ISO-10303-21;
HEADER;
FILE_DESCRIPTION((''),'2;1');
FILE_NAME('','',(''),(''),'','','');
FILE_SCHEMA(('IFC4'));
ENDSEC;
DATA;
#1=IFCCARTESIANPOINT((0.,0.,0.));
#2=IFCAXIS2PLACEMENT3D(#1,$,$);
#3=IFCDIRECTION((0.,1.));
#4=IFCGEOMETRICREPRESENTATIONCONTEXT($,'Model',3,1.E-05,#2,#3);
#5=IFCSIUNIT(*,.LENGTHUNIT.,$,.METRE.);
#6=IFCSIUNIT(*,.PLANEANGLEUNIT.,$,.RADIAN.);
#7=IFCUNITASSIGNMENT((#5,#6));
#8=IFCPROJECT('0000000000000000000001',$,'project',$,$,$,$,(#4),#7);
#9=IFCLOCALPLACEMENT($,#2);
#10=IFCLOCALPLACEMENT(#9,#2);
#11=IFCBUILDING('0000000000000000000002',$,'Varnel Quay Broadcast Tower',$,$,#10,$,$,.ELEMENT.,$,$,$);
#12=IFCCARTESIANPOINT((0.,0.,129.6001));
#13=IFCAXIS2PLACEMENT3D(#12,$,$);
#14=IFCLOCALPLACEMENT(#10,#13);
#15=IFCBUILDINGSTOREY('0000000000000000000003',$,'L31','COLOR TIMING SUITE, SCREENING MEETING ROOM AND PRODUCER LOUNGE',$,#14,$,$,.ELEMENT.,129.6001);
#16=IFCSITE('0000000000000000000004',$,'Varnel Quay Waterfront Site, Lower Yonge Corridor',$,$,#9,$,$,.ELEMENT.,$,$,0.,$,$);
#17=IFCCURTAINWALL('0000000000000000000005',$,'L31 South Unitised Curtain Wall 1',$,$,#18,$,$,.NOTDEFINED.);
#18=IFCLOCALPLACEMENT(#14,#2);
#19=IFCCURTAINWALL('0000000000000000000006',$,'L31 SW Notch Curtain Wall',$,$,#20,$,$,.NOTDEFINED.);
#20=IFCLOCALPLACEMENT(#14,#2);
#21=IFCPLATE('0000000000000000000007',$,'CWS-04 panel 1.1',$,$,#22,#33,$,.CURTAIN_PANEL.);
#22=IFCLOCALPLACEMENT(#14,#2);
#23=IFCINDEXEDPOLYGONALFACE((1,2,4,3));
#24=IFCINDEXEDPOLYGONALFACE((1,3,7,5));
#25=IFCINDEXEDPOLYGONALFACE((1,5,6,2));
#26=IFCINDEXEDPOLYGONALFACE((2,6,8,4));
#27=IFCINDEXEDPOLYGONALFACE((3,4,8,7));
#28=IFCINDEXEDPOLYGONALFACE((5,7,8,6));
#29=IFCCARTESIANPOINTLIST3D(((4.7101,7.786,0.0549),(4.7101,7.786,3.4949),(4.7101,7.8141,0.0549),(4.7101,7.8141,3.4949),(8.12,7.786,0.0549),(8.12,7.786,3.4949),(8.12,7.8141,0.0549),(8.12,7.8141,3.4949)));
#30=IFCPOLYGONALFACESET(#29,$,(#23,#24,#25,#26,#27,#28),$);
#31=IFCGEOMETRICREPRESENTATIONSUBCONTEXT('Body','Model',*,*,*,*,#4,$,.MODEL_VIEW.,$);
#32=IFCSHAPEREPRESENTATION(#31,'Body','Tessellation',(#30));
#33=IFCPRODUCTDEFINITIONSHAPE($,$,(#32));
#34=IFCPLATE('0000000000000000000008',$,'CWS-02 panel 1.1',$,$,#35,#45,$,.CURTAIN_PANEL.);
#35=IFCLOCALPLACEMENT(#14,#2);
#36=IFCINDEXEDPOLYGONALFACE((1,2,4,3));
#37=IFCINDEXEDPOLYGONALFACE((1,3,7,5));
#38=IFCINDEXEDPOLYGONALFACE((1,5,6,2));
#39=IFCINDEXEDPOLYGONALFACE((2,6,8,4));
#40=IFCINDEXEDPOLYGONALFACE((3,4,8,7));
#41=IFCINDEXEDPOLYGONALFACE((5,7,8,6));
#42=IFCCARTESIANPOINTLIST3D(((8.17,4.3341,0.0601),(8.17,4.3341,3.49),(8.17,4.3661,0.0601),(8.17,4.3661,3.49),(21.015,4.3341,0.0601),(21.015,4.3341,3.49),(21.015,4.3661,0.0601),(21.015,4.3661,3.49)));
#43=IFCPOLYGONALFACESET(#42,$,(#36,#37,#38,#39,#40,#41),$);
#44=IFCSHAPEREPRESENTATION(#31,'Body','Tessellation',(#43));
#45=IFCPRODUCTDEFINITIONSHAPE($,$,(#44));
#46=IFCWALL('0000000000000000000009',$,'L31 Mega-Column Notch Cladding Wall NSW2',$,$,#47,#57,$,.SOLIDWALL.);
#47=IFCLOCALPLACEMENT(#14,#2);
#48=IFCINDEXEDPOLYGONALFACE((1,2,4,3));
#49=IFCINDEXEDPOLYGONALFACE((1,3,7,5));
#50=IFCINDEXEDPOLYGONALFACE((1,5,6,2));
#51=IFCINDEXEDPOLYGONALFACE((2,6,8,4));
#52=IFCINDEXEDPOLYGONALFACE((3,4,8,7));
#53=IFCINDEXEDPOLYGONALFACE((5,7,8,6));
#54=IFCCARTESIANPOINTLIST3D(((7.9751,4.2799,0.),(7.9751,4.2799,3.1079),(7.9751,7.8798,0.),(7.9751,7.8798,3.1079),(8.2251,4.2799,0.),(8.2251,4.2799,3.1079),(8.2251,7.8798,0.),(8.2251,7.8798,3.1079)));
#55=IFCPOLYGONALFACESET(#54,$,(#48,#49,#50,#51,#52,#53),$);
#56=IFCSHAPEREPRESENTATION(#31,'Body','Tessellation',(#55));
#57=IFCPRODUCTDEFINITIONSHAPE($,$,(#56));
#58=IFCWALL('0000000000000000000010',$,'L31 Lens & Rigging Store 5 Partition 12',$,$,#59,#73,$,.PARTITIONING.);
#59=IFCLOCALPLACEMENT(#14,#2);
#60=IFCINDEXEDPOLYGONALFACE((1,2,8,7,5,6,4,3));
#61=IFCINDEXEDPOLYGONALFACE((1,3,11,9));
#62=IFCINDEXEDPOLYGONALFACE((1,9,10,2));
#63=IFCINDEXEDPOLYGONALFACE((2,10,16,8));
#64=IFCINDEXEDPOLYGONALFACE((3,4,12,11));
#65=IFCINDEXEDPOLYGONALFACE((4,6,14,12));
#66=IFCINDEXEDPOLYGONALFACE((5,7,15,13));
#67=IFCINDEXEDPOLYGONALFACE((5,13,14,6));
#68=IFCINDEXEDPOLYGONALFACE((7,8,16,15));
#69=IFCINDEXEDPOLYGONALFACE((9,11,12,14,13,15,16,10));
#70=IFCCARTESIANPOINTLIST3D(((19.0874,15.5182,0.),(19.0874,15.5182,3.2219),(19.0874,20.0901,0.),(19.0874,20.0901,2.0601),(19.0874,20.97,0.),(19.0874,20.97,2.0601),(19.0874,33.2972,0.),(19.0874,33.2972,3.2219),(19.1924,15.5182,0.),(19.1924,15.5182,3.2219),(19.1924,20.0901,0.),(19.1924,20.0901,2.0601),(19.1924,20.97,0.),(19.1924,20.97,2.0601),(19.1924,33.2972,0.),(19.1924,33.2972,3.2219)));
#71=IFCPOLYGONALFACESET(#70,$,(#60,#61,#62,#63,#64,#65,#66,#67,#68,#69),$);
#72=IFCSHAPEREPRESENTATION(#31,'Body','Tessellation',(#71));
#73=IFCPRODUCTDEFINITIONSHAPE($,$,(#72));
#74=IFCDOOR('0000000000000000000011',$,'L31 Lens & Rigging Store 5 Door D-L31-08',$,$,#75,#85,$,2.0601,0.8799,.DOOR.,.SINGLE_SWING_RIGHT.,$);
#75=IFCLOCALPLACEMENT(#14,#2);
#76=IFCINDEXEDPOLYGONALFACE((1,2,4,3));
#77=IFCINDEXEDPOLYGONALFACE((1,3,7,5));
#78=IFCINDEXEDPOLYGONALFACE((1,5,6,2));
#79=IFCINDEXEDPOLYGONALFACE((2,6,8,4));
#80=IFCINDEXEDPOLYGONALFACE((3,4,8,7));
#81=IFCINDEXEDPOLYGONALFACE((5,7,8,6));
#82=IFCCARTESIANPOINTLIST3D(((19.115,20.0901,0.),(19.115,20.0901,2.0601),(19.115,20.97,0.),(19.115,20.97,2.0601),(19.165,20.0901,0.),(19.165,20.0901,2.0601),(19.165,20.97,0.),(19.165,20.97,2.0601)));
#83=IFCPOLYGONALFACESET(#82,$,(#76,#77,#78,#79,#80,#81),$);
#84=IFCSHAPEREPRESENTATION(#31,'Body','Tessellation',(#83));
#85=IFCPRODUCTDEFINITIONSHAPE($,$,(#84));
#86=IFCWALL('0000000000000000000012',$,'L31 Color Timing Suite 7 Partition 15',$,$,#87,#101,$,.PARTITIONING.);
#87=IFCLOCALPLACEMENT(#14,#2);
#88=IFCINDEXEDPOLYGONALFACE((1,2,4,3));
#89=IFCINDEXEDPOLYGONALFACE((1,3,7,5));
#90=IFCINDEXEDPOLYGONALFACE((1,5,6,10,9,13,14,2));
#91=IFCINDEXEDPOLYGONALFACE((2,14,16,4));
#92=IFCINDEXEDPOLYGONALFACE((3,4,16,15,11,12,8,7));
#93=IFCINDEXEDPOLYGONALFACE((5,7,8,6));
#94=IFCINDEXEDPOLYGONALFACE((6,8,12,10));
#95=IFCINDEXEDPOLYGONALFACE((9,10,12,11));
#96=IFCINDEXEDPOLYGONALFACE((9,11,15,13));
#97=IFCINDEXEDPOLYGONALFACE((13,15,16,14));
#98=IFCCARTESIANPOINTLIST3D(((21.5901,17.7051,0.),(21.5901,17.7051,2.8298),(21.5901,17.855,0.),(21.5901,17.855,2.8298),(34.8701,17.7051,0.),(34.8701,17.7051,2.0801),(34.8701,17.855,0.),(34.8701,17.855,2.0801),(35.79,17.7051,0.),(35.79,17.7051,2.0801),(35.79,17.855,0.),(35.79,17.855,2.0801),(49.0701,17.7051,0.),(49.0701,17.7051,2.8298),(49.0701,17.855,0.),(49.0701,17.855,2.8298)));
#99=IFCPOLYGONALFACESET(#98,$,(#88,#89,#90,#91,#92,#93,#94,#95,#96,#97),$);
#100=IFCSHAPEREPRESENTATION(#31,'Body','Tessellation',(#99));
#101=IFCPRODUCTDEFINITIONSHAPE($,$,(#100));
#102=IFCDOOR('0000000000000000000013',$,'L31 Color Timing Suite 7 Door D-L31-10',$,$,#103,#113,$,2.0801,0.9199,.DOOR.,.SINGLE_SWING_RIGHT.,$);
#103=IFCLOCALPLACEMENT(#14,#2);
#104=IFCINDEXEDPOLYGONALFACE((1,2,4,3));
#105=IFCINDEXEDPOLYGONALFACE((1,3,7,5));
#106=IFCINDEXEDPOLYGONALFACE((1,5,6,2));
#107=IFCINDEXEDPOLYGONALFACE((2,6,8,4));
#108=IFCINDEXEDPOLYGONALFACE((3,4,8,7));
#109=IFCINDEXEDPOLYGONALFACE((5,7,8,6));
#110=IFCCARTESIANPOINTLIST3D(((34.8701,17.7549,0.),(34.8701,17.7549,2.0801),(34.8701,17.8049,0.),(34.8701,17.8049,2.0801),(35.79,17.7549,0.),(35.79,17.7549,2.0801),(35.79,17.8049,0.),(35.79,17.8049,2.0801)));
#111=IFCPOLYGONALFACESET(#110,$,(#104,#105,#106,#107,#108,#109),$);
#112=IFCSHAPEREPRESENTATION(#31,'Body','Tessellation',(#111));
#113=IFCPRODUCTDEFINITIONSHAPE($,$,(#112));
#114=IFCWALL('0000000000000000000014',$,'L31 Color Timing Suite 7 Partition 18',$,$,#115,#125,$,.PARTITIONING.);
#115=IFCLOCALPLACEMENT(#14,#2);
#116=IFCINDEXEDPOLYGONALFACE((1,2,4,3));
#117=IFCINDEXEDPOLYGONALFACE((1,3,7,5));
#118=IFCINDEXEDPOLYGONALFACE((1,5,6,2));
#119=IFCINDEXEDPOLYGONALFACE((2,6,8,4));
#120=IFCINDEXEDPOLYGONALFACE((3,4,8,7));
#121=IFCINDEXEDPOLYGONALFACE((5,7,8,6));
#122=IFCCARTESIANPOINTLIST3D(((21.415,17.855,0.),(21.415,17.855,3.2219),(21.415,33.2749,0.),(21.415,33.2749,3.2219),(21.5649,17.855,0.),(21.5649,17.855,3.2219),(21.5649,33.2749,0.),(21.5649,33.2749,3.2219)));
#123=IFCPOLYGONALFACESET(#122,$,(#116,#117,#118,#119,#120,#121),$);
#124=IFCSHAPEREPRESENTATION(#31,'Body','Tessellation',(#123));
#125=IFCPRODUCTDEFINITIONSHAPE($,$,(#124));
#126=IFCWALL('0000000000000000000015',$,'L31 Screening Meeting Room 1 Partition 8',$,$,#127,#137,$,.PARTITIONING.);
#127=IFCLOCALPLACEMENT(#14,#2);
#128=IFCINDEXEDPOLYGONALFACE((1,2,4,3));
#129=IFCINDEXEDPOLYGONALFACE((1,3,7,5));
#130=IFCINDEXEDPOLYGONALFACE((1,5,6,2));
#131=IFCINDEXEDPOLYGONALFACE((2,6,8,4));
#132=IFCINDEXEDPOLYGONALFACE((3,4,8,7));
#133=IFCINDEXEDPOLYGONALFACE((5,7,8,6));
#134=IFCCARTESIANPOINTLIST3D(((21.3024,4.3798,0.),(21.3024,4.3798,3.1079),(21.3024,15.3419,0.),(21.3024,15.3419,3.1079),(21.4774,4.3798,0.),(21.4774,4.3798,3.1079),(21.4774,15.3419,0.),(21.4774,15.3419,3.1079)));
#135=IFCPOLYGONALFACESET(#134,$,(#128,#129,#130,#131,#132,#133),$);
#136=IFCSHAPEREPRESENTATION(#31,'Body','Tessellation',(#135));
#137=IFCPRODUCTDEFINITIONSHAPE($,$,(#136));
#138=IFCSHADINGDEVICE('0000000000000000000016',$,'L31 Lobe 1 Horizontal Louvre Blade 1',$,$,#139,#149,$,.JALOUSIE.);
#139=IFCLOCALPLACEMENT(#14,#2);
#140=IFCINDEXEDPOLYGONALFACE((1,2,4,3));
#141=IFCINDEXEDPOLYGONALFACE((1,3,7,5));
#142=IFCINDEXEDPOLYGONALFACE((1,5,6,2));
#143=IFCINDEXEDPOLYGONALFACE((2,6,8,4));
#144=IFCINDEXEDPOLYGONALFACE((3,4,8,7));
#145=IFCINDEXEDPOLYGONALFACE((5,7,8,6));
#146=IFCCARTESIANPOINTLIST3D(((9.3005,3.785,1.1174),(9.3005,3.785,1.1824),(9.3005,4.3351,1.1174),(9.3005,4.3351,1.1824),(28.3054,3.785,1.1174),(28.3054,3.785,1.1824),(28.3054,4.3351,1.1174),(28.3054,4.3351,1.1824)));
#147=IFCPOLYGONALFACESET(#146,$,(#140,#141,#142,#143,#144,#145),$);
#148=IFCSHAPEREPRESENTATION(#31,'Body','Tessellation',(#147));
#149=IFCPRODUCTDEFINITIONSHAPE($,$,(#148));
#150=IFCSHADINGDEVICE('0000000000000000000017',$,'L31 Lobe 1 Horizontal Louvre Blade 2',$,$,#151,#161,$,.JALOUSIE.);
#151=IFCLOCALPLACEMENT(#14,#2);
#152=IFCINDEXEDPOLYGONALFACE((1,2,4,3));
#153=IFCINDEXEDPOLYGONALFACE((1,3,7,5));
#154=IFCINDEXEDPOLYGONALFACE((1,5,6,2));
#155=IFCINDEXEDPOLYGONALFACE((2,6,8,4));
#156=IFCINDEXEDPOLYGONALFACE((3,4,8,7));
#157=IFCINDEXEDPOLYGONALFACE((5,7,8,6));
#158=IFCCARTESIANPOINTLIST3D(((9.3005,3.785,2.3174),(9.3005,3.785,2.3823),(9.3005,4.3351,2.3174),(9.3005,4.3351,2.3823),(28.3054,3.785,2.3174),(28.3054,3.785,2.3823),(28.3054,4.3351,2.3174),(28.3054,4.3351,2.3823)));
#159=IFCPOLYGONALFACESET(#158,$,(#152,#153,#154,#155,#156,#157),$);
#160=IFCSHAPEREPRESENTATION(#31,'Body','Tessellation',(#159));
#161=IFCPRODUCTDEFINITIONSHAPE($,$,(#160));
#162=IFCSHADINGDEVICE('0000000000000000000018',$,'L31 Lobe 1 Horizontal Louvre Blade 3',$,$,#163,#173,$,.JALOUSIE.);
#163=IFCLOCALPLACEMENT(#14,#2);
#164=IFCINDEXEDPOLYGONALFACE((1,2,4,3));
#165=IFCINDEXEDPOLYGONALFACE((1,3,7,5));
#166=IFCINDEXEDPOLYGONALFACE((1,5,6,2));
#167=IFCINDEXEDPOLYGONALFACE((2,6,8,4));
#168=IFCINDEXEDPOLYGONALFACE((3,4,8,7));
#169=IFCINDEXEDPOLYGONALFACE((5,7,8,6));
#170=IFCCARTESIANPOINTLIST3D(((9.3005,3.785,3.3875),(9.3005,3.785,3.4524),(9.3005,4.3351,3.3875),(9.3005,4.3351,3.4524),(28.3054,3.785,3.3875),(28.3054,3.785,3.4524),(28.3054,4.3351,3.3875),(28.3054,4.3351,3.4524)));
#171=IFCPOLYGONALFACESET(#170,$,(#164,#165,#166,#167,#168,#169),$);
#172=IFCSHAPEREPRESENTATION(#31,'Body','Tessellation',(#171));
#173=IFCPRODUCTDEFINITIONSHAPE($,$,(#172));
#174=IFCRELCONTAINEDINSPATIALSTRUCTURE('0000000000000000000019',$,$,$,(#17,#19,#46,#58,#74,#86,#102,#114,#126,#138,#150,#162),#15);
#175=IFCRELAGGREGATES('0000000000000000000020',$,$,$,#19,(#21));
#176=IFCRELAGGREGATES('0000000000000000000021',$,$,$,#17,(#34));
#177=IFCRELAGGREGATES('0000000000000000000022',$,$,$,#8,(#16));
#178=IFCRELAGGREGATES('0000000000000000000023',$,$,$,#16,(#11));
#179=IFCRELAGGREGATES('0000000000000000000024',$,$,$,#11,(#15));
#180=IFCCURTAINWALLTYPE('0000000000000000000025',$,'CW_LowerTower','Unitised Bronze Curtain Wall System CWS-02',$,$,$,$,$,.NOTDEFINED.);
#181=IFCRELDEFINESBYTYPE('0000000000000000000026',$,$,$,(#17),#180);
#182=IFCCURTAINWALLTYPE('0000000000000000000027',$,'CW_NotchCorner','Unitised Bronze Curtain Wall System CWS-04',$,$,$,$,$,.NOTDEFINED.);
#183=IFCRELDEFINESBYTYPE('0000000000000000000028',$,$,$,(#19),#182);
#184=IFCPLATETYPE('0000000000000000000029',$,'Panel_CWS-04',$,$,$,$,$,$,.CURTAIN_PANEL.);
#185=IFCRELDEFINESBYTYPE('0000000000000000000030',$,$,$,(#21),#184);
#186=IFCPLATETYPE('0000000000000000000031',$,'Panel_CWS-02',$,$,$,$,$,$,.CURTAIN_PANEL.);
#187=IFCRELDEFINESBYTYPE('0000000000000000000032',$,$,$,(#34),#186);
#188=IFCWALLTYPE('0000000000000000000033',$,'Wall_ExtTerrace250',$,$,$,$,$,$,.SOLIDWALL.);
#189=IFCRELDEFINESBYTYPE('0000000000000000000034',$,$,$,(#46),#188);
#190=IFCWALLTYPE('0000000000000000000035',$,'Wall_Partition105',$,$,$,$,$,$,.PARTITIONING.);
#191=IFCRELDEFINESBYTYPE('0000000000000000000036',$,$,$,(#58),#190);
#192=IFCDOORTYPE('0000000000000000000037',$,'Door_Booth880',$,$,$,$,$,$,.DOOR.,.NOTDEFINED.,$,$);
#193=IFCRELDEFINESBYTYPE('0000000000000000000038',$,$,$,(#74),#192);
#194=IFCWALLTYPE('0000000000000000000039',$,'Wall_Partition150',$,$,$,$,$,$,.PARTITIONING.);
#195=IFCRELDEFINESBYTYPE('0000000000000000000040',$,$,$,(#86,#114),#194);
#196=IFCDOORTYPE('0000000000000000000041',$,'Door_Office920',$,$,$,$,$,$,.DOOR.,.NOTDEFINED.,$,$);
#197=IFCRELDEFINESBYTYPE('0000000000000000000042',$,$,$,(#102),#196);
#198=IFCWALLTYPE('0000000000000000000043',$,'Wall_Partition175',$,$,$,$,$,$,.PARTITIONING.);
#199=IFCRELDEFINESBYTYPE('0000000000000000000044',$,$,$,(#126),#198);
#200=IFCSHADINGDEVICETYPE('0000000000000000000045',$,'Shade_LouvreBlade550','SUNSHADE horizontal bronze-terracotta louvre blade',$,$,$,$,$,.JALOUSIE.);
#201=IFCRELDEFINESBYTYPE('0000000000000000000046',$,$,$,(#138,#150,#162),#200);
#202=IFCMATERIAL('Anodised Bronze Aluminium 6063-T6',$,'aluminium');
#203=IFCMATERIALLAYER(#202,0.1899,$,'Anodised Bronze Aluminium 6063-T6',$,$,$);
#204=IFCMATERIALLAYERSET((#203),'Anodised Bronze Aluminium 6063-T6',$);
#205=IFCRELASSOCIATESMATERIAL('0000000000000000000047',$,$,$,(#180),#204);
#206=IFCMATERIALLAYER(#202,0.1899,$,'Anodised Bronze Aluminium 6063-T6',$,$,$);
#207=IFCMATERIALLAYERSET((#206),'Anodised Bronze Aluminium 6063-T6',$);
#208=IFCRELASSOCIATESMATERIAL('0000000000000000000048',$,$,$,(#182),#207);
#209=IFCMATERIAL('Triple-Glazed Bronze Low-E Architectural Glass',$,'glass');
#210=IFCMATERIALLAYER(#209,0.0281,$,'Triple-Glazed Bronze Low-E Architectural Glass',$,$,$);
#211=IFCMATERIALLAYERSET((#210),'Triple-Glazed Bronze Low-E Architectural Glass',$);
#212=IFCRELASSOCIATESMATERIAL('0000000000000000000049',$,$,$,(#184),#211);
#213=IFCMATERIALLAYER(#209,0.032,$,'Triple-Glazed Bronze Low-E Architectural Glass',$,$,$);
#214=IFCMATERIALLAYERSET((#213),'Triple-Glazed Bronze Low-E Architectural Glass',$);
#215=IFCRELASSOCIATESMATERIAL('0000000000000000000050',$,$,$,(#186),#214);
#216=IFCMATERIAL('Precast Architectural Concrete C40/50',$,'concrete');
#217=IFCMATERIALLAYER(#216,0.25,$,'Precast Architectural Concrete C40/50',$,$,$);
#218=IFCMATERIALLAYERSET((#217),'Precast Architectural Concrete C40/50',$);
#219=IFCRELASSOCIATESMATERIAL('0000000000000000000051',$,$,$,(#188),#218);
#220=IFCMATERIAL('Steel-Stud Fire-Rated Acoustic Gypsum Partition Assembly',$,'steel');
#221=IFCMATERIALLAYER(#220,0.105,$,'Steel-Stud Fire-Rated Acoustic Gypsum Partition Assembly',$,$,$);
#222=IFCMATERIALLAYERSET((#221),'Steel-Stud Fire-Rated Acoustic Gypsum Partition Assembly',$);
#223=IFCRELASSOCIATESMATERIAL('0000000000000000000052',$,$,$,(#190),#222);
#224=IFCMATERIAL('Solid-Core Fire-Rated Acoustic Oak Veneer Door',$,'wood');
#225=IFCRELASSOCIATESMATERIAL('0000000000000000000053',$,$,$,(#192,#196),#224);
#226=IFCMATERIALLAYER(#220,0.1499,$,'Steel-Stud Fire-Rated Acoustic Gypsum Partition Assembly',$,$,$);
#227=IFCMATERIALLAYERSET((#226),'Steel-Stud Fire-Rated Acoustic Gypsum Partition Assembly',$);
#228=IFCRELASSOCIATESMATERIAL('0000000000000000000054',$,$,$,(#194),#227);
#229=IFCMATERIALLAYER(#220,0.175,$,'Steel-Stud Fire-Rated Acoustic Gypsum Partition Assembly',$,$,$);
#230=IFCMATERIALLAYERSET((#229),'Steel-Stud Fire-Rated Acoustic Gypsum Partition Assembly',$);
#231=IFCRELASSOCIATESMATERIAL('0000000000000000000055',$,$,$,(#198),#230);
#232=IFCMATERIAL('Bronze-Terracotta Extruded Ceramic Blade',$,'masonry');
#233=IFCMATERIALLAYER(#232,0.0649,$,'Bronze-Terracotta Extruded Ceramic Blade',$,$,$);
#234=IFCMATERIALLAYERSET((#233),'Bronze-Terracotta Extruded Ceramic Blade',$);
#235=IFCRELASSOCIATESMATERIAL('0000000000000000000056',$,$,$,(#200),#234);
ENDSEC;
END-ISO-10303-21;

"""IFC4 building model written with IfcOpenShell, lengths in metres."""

from ifc_helpers import new_model, si_unit, direction, frame, frame_2d, origin, origin_2d, place, context, subcontext, project, spatial, rectangle, extrude, source, transform, mapped, material, layer, layer_set, type_object, type_shapes, element, fill, aggregate, save


model = new_model("IFC4")

# Units and contexts
model_context = context("Model", 3, precision=1e-05, world=origin(), true_north=direction((0.0, 1.0)))
body_context = subcontext(model_context, "Body", "Model", "MODEL_VIEW")
ifc_project = project(units=[si_unit("LENGTHUNIT", "METRE"), si_unit("PLANEANGLEUNIT", "RADIAN")], contexts=[model_context])

# Site, building, storey
site_placement = place(None, origin())
site = spatial("IfcSite", under=ifc_project, at=site_placement, Name="Varnel Quay Waterfront Site, Lower Yonge Corridor", CompositionType="ELEMENT", RefElevation=0.0)
building_placement = place(site_placement, origin())
building = spatial("IfcBuilding", under=site, at=building_placement, Name="Varnel Quay Broadcast Tower", CompositionType="ELEMENT")
storey_placement = place(building_placement, frame((0.0, 0.0, 129.6001)))
storey = spatial("IfcBuildingStorey", under=building, at=storey_placement, Name="L31", Description="COLOR TIMING SUITE, SCREENING MEETING ROOM AND PRODUCER LOUNGE", CompositionType="ELEMENT", Elevation=129.6001)

# Curtain wall
ifc_material_1 = material(Name="Anodised Bronze Aluminium 6063-T6", Category="aluminium")
ifc_layer_1 = layer(ifc_material_1, 0.1899, Name="Anodised Bronze Aluminium 6063-T6")
ifc_layer_set_1 = layer_set([ifc_layer_1], Name="Anodised Bronze Aluminium 6063-T6")
curtain_wall_type_1 = type_object("IfcCurtainWallType", Name="CW_LowerTower", Description="Unitised Bronze Curtain Wall System CWS-02", PredefinedType="NOTDEFINED", material=ifc_layer_set_1)
curtain_wall_1_placement = place(storey_placement, origin())
curtain_wall_1 = element("IfcCurtainWall", 1, at=curtain_wall_1_placement, inside=storey, type_object=curtain_wall_type_1, Name="L31 South Unitised Curtain Wall 1", PredefinedType="NOTDEFINED")

# Curtain wall, plate
ifc_layer_2 = layer(ifc_material_1, 0.1899, Name="Anodised Bronze Aluminium 6063-T6")
ifc_layer_set_2 = layer_set([ifc_layer_2], Name="Anodised Bronze Aluminium 6063-T6")
curtain_wall_type_2 = type_object("IfcCurtainWallType", Name="CW_NotchCorner", Description="Unitised Bronze Curtain Wall System CWS-04", PredefinedType="NOTDEFINED", material=ifc_layer_set_2)
curtain_wall_2_placement = place(storey_placement, origin())
curtain_wall_2 = element("IfcCurtainWall", 2, at=curtain_wall_2_placement, inside=storey, type_object=curtain_wall_type_2, Name="L31 SW Notch Curtain Wall", PredefinedType="NOTDEFINED")
ifc_material_2 = material(Name="Triple-Glazed Bronze Low-E Architectural Glass", Category="glass")
ifc_layer_3 = layer(ifc_material_2, 0.0281, Name="Triple-Glazed Bronze Low-E Architectural Glass")
ifc_layer_set_3 = layer_set([ifc_layer_3], Name="Triple-Glazed Bronze Low-E Architectural Glass")
plate_type_1 = type_object("IfcPlateType", Name="Panel_CWS-04", PredefinedType="CURTAIN_PANEL", material=ifc_layer_set_3)
shared_shape_1 = source(origin(), body_context, "Body", "SweptSolid", [
    extrude(rectangle(XDim=3.4099, YDim=0.0281, at=origin_2d()), origin(), (0.0, 0.0, 1.0), 3.4399),
])
type_shapes(plate_type_1, [shared_shape_1])
plate_1_placement = place(storey_placement, frame((6.415, 7.8, 0.0549), z_axis=(0.0, 0.0, 1.0), x_axis=(1.0, 0.0, 0.0)))
plate_1 = element("IfcPlate", 3, at=plate_1_placement, type_object=plate_type_1, Name="CWS-04 panel 1.1", PredefinedType="CURTAIN_PANEL", context=body_context, shape_type="MappedRepresentation", body=[
    mapped(shared_shape_1, transform((0.0, 0.0, 0.0), x_axis=(1.0, 0.0, 0.0), y_axis=(0.0, 1.0, 0.0), z_axis=(0.0, 0.0, 1.0), scale=1.0)),
])
aggregate(curtain_wall_2, [plate_1])

# Plate
ifc_layer_4 = layer(ifc_material_2, 0.032, Name="Triple-Glazed Bronze Low-E Architectural Glass")
ifc_layer_set_4 = layer_set([ifc_layer_4], Name="Triple-Glazed Bronze Low-E Architectural Glass")
plate_type_2 = type_object("IfcPlateType", Name="Panel_CWS-02", PredefinedType="CURTAIN_PANEL", material=ifc_layer_set_4)
shared_shape_2 = source(origin(), body_context, "Body", "SweptSolid", [
    extrude(rectangle(XDim=12.845, YDim=0.032, at=origin_2d()), origin(), (0.0, 0.0, 1.0), 3.4299),
])
type_shapes(plate_type_2, [shared_shape_2])
plate_2_placement = place(storey_placement, frame((14.5925, 4.3501, 0.0601), z_axis=(0.0, 0.0, 1.0), x_axis=(1.0, 0.0, 0.0)))
plate_2 = element("IfcPlate", 4, at=plate_2_placement, type_object=plate_type_2, Name="CWS-02 panel 1.1", PredefinedType="CURTAIN_PANEL", context=body_context, shape_type="MappedRepresentation", body=[
    mapped(shared_shape_2, transform((0.0, 0.0, 0.0), x_axis=(1.0, 0.0, 0.0), y_axis=(0.0, 1.0, 0.0), z_axis=(0.0, 0.0, 1.0), scale=1.0)),
])
aggregate(curtain_wall_1, [plate_2])

# Wall
ifc_material_3 = material(Name="Precast Architectural Concrete C40/50", Category="concrete")
ifc_layer_5 = layer(ifc_material_3, 0.25, Name="Precast Architectural Concrete C40/50")
ifc_layer_set_5 = layer_set([ifc_layer_5], Name="Precast Architectural Concrete C40/50")
wall_type_1 = type_object("IfcWallType", Name="Wall_ExtTerrace250", PredefinedType="SOLIDWALL", material=ifc_layer_set_5)
wall_1_placement = place(storey_placement, frame((8.1001, 4.28, 0.0), z_axis=(0.0, 0.0, 1.0), x_axis=(0.0, 1.0, 0.0)))
element("IfcWall", 5, at=wall_1_placement, inside=storey, type_object=wall_type_1, Name="L31 Mega-Column Notch Cladding Wall NSW2", PredefinedType="SOLIDWALL", context=body_context, shape_type="SweptSolid", body=[
    extrude(rectangle(XDim=3.5999, YDim=0.25, at=frame_2d((1.7998, 0.0))), origin(), (0.0, 0.0, 1.0), 3.1079),
])

# Walls, openings, doors
ifc_material_4 = material(Name="Steel-Stud Fire-Rated Acoustic Gypsum Partition Assembly", Category="steel")
ifc_layer_6 = layer(ifc_material_4, 0.105, Name="Steel-Stud Fire-Rated Acoustic Gypsum Partition Assembly")
ifc_layer_set_6 = layer_set([ifc_layer_6], Name="Steel-Stud Fire-Rated Acoustic Gypsum Partition Assembly")
wall_type_2 = type_object("IfcWallType", Name="Wall_Partition105", PredefinedType="PARTITIONING", material=ifc_layer_set_6)
wall_2_placement = place(storey_placement, frame((19.1399, 15.5181, 0.0), z_axis=(0.0, 0.0, 1.0), x_axis=(0.0, 1.0, 0.0)))
wall_2 = element("IfcWall", 6, at=wall_2_placement, inside=storey, type_object=wall_type_2, Name="L31 Lens & Rigging Store 5 Partition 12", PredefinedType="PARTITIONING", context=body_context, shape_type="SweptSolid", body=[
    extrude(rectangle(XDim=17.7791, YDim=0.105, at=frame_2d((8.8896, 0.0))), origin(), (0.0, 0.0, 1.0), 3.2219),
])
opening_1_placement = place(wall_2_placement, frame((4.572, 0.0, 0.0)))
opening_1 = element("IfcOpeningElement", 7, at=opening_1_placement, cuts=wall_2, PredefinedType="OPENING", context=body_context, shape_type="SweptSolid", body=[
    extrude(rectangle(XDim=0.8799, YDim=2.0601, at=frame_2d((0.4399, 1.03))), frame((0.0, 0.0625, 0.0), z_axis=(0.0, -1.0, 0.0), x_axis=(1.0, 0.0, 0.0)), (0.0, 0.0, 1.0), 0.125),
])
ifc_material_5 = material(Name="Solid-Core Fire-Rated Acoustic Oak Veneer Door", Category="wood")
door_type_1 = type_object("IfcDoorType", Name="Door_Booth880", OperationType="NOTDEFINED", PredefinedType="DOOR", material=ifc_material_5)
shared_shape_3 = source(origin(), body_context, "Body", "SweptSolid", [
    extrude(rectangle(XDim=0.8799, YDim=2.0601, at=frame_2d((0.4399, 1.03))), frame((0.0, 0.0249, 0.0), z_axis=(0.0, -1.0, 0.0), x_axis=(1.0, 0.0, 0.0)), (0.0, 0.0, 1.0), 0.05),
])
type_shapes(door_type_1, [shared_shape_3])
door_1_placement = place(opening_1_placement, origin())
door_1 = element("IfcDoor", 8, at=door_1_placement, inside=storey, type_object=door_type_1, Name="L31 Lens & Rigging Store 5 Door D-L31-08", OperationType="SINGLE_SWING_RIGHT", OverallHeight=2.0601, OverallWidth=0.8799, PredefinedType="DOOR", context=body_context, shape_type="MappedRepresentation", body=[
    mapped(shared_shape_3, transform((0.0, 0.0, 0.0), x_axis=(1.0, 0.0, 0.0), y_axis=(0.0, 1.0, 0.0), z_axis=(0.0, 0.0, 1.0), scale=1.0)),
])
fill(opening_1, door_1)
ifc_layer_7 = layer(ifc_material_4, 0.1499, Name="Steel-Stud Fire-Rated Acoustic Gypsum Partition Assembly")
ifc_layer_set_7 = layer_set([ifc_layer_7], Name="Steel-Stud Fire-Rated Acoustic Gypsum Partition Assembly")
wall_type_3 = type_object("IfcWallType", Name="Wall_Partition150", PredefinedType="PARTITIONING", material=ifc_layer_set_7)
wall_3_placement = place(storey_placement, frame((21.5901, 17.78, 0.0), z_axis=(0.0, 0.0, 1.0), x_axis=(1.0, 0.0, 0.0)))
wall_3 = element("IfcWall", 9, at=wall_3_placement, inside=storey, type_object=wall_type_3, Name="L31 Color Timing Suite 7 Partition 15", PredefinedType="PARTITIONING", context=body_context, shape_type="SweptSolid", body=[
    extrude(rectangle(XDim=27.48, YDim=0.1499, at=frame_2d((13.74, 0.0))), origin(), (0.0, 0.0, 1.0), 2.8298),
])
opening_2_placement = place(wall_3_placement, frame((13.28, 0.0, 0.0)))
opening_2 = element("IfcOpeningElement", 10, at=opening_2_placement, cuts=wall_3, PredefinedType="OPENING", context=body_context, shape_type="SweptSolid", body=[
    extrude(rectangle(XDim=0.9199, YDim=2.0801, at=frame_2d((0.46, 1.04))), frame((0.0, 0.085, 0.0), z_axis=(0.0, -1.0, 0.0), x_axis=(1.0, 0.0, 0.0)), (0.0, 0.0, 1.0), 0.1699),
])
door_type_2 = type_object("IfcDoorType", Name="Door_Office920", OperationType="NOTDEFINED", PredefinedType="DOOR", material=ifc_material_5)
shared_shape_4 = source(origin(), body_context, "Body", "SweptSolid", [
    extrude(rectangle(XDim=0.9199, YDim=2.0801, at=frame_2d((0.46, 1.04))), frame((0.0, 0.0249, 0.0), z_axis=(0.0, -1.0, 0.0), x_axis=(1.0, 0.0, 0.0)), (0.0, 0.0, 1.0), 0.05),
])
type_shapes(door_type_2, [shared_shape_4])
door_2_placement = place(opening_2_placement, origin())
door_2 = element("IfcDoor", 11, at=door_2_placement, inside=storey, type_object=door_type_2, Name="L31 Color Timing Suite 7 Door D-L31-10", OperationType="SINGLE_SWING_RIGHT", OverallHeight=2.0801, OverallWidth=0.9199, PredefinedType="DOOR", context=body_context, shape_type="MappedRepresentation", body=[
    mapped(shared_shape_4, transform((0.0, 0.0, 0.0), x_axis=(1.0, 0.0, 0.0), y_axis=(0.0, 1.0, 0.0), z_axis=(0.0, 0.0, 1.0), scale=1.0)),
])
fill(opening_2, door_2)

# Walls
wall_4_placement = place(storey_placement, frame((21.49, 17.855, 0.0), z_axis=(0.0, 0.0, 1.0), x_axis=(0.0, 1.0, 0.0)))
element("IfcWall", 12, at=wall_4_placement, inside=storey, type_object=wall_type_3, Name="L31 Color Timing Suite 7 Partition 18", PredefinedType="PARTITIONING", context=body_context, shape_type="SweptSolid", body=[
    extrude(rectangle(XDim=15.4199, YDim=0.1499, at=frame_2d((7.71, 0.0))), origin(), (0.0, 0.0, 1.0), 3.2219),
])
ifc_layer_8 = layer(ifc_material_4, 0.175, Name="Steel-Stud Fire-Rated Acoustic Gypsum Partition Assembly")
ifc_layer_set_8 = layer_set([ifc_layer_8], Name="Steel-Stud Fire-Rated Acoustic Gypsum Partition Assembly")
wall_type_4 = type_object("IfcWallType", Name="Wall_Partition175", PredefinedType="PARTITIONING", material=ifc_layer_set_8)
wall_5_placement = place(storey_placement, frame((21.3899, 4.3799, 0.0), z_axis=(0.0, 0.0, 1.0), x_axis=(0.0, 1.0, 0.0)))
element("IfcWall", 13, at=wall_5_placement, inside=storey, type_object=wall_type_4, Name="L31 Screening Meeting Room 1 Partition 8", PredefinedType="PARTITIONING", context=body_context, shape_type="SweptSolid", body=[
    extrude(rectangle(XDim=10.9622, YDim=0.175, at=frame_2d((5.481, 0.0))), origin(), (0.0, 0.0, 1.0), 3.1079),
])

# Shading devices
ifc_material_6 = material(Name="Bronze-Terracotta Extruded Ceramic Blade", Category="masonry")
ifc_layer_9 = layer(ifc_material_6, 0.0649, Name="Bronze-Terracotta Extruded Ceramic Blade")
ifc_layer_set_9 = layer_set([ifc_layer_9], Name="Bronze-Terracotta Extruded Ceramic Blade")
shading_device_type = type_object("IfcShadingDeviceType", Name="Shade_LouvreBlade550", Description="SUNSHADE horizontal bronze-terracotta louvre blade", PredefinedType="JALOUSIE", material=ifc_layer_set_9)
shared_shape_5 = source(origin(), body_context, "Body", "SweptSolid", [
    extrude(rectangle(XDim=19.0049, YDim=0.55, at=origin_2d()), origin(), (0.0, 0.0, 1.0), 0.0649),
])
type_shapes(shading_device_type, [shared_shape_5])
for number, where, z_axis, x_axis, name in (
    (14, (18.803, 4.0601, 1.1174), (0.0, 0.0, 1.0), (1.0, 0.0, 0.0), "L31 Lobe 1 Horizontal Louvre Blade 1"),
    (15, (18.803, 4.0601, 2.3174), (0.0, 0.0, 1.0), (1.0, 0.0, 0.0), "L31 Lobe 1 Horizontal Louvre Blade 2"),
    (16, (18.803, 4.0601, 3.3875), (0.0, 0.0, 1.0), (1.0, 0.0, 0.0), "L31 Lobe 1 Horizontal Louvre Blade 3"),
):
    element("IfcShadingDevice", number, at=place(storey_placement, frame(where, z_axis=z_axis, x_axis=x_axis)), inside=storey, type_object=shading_device_type, Name=name, PredefinedType="JALOUSIE", context=body_context, shape_type="MappedRepresentation", body=[
        mapped(shared_shape_5, transform((0.0, 0.0, 0.0), x_axis=(1.0, 0.0, 0.0), y_axis=(0.0, 1.0, 0.0), z_axis=(0.0, 0.0, 1.0), scale=1.0)),
    ])

save(model, "model.ifc")
